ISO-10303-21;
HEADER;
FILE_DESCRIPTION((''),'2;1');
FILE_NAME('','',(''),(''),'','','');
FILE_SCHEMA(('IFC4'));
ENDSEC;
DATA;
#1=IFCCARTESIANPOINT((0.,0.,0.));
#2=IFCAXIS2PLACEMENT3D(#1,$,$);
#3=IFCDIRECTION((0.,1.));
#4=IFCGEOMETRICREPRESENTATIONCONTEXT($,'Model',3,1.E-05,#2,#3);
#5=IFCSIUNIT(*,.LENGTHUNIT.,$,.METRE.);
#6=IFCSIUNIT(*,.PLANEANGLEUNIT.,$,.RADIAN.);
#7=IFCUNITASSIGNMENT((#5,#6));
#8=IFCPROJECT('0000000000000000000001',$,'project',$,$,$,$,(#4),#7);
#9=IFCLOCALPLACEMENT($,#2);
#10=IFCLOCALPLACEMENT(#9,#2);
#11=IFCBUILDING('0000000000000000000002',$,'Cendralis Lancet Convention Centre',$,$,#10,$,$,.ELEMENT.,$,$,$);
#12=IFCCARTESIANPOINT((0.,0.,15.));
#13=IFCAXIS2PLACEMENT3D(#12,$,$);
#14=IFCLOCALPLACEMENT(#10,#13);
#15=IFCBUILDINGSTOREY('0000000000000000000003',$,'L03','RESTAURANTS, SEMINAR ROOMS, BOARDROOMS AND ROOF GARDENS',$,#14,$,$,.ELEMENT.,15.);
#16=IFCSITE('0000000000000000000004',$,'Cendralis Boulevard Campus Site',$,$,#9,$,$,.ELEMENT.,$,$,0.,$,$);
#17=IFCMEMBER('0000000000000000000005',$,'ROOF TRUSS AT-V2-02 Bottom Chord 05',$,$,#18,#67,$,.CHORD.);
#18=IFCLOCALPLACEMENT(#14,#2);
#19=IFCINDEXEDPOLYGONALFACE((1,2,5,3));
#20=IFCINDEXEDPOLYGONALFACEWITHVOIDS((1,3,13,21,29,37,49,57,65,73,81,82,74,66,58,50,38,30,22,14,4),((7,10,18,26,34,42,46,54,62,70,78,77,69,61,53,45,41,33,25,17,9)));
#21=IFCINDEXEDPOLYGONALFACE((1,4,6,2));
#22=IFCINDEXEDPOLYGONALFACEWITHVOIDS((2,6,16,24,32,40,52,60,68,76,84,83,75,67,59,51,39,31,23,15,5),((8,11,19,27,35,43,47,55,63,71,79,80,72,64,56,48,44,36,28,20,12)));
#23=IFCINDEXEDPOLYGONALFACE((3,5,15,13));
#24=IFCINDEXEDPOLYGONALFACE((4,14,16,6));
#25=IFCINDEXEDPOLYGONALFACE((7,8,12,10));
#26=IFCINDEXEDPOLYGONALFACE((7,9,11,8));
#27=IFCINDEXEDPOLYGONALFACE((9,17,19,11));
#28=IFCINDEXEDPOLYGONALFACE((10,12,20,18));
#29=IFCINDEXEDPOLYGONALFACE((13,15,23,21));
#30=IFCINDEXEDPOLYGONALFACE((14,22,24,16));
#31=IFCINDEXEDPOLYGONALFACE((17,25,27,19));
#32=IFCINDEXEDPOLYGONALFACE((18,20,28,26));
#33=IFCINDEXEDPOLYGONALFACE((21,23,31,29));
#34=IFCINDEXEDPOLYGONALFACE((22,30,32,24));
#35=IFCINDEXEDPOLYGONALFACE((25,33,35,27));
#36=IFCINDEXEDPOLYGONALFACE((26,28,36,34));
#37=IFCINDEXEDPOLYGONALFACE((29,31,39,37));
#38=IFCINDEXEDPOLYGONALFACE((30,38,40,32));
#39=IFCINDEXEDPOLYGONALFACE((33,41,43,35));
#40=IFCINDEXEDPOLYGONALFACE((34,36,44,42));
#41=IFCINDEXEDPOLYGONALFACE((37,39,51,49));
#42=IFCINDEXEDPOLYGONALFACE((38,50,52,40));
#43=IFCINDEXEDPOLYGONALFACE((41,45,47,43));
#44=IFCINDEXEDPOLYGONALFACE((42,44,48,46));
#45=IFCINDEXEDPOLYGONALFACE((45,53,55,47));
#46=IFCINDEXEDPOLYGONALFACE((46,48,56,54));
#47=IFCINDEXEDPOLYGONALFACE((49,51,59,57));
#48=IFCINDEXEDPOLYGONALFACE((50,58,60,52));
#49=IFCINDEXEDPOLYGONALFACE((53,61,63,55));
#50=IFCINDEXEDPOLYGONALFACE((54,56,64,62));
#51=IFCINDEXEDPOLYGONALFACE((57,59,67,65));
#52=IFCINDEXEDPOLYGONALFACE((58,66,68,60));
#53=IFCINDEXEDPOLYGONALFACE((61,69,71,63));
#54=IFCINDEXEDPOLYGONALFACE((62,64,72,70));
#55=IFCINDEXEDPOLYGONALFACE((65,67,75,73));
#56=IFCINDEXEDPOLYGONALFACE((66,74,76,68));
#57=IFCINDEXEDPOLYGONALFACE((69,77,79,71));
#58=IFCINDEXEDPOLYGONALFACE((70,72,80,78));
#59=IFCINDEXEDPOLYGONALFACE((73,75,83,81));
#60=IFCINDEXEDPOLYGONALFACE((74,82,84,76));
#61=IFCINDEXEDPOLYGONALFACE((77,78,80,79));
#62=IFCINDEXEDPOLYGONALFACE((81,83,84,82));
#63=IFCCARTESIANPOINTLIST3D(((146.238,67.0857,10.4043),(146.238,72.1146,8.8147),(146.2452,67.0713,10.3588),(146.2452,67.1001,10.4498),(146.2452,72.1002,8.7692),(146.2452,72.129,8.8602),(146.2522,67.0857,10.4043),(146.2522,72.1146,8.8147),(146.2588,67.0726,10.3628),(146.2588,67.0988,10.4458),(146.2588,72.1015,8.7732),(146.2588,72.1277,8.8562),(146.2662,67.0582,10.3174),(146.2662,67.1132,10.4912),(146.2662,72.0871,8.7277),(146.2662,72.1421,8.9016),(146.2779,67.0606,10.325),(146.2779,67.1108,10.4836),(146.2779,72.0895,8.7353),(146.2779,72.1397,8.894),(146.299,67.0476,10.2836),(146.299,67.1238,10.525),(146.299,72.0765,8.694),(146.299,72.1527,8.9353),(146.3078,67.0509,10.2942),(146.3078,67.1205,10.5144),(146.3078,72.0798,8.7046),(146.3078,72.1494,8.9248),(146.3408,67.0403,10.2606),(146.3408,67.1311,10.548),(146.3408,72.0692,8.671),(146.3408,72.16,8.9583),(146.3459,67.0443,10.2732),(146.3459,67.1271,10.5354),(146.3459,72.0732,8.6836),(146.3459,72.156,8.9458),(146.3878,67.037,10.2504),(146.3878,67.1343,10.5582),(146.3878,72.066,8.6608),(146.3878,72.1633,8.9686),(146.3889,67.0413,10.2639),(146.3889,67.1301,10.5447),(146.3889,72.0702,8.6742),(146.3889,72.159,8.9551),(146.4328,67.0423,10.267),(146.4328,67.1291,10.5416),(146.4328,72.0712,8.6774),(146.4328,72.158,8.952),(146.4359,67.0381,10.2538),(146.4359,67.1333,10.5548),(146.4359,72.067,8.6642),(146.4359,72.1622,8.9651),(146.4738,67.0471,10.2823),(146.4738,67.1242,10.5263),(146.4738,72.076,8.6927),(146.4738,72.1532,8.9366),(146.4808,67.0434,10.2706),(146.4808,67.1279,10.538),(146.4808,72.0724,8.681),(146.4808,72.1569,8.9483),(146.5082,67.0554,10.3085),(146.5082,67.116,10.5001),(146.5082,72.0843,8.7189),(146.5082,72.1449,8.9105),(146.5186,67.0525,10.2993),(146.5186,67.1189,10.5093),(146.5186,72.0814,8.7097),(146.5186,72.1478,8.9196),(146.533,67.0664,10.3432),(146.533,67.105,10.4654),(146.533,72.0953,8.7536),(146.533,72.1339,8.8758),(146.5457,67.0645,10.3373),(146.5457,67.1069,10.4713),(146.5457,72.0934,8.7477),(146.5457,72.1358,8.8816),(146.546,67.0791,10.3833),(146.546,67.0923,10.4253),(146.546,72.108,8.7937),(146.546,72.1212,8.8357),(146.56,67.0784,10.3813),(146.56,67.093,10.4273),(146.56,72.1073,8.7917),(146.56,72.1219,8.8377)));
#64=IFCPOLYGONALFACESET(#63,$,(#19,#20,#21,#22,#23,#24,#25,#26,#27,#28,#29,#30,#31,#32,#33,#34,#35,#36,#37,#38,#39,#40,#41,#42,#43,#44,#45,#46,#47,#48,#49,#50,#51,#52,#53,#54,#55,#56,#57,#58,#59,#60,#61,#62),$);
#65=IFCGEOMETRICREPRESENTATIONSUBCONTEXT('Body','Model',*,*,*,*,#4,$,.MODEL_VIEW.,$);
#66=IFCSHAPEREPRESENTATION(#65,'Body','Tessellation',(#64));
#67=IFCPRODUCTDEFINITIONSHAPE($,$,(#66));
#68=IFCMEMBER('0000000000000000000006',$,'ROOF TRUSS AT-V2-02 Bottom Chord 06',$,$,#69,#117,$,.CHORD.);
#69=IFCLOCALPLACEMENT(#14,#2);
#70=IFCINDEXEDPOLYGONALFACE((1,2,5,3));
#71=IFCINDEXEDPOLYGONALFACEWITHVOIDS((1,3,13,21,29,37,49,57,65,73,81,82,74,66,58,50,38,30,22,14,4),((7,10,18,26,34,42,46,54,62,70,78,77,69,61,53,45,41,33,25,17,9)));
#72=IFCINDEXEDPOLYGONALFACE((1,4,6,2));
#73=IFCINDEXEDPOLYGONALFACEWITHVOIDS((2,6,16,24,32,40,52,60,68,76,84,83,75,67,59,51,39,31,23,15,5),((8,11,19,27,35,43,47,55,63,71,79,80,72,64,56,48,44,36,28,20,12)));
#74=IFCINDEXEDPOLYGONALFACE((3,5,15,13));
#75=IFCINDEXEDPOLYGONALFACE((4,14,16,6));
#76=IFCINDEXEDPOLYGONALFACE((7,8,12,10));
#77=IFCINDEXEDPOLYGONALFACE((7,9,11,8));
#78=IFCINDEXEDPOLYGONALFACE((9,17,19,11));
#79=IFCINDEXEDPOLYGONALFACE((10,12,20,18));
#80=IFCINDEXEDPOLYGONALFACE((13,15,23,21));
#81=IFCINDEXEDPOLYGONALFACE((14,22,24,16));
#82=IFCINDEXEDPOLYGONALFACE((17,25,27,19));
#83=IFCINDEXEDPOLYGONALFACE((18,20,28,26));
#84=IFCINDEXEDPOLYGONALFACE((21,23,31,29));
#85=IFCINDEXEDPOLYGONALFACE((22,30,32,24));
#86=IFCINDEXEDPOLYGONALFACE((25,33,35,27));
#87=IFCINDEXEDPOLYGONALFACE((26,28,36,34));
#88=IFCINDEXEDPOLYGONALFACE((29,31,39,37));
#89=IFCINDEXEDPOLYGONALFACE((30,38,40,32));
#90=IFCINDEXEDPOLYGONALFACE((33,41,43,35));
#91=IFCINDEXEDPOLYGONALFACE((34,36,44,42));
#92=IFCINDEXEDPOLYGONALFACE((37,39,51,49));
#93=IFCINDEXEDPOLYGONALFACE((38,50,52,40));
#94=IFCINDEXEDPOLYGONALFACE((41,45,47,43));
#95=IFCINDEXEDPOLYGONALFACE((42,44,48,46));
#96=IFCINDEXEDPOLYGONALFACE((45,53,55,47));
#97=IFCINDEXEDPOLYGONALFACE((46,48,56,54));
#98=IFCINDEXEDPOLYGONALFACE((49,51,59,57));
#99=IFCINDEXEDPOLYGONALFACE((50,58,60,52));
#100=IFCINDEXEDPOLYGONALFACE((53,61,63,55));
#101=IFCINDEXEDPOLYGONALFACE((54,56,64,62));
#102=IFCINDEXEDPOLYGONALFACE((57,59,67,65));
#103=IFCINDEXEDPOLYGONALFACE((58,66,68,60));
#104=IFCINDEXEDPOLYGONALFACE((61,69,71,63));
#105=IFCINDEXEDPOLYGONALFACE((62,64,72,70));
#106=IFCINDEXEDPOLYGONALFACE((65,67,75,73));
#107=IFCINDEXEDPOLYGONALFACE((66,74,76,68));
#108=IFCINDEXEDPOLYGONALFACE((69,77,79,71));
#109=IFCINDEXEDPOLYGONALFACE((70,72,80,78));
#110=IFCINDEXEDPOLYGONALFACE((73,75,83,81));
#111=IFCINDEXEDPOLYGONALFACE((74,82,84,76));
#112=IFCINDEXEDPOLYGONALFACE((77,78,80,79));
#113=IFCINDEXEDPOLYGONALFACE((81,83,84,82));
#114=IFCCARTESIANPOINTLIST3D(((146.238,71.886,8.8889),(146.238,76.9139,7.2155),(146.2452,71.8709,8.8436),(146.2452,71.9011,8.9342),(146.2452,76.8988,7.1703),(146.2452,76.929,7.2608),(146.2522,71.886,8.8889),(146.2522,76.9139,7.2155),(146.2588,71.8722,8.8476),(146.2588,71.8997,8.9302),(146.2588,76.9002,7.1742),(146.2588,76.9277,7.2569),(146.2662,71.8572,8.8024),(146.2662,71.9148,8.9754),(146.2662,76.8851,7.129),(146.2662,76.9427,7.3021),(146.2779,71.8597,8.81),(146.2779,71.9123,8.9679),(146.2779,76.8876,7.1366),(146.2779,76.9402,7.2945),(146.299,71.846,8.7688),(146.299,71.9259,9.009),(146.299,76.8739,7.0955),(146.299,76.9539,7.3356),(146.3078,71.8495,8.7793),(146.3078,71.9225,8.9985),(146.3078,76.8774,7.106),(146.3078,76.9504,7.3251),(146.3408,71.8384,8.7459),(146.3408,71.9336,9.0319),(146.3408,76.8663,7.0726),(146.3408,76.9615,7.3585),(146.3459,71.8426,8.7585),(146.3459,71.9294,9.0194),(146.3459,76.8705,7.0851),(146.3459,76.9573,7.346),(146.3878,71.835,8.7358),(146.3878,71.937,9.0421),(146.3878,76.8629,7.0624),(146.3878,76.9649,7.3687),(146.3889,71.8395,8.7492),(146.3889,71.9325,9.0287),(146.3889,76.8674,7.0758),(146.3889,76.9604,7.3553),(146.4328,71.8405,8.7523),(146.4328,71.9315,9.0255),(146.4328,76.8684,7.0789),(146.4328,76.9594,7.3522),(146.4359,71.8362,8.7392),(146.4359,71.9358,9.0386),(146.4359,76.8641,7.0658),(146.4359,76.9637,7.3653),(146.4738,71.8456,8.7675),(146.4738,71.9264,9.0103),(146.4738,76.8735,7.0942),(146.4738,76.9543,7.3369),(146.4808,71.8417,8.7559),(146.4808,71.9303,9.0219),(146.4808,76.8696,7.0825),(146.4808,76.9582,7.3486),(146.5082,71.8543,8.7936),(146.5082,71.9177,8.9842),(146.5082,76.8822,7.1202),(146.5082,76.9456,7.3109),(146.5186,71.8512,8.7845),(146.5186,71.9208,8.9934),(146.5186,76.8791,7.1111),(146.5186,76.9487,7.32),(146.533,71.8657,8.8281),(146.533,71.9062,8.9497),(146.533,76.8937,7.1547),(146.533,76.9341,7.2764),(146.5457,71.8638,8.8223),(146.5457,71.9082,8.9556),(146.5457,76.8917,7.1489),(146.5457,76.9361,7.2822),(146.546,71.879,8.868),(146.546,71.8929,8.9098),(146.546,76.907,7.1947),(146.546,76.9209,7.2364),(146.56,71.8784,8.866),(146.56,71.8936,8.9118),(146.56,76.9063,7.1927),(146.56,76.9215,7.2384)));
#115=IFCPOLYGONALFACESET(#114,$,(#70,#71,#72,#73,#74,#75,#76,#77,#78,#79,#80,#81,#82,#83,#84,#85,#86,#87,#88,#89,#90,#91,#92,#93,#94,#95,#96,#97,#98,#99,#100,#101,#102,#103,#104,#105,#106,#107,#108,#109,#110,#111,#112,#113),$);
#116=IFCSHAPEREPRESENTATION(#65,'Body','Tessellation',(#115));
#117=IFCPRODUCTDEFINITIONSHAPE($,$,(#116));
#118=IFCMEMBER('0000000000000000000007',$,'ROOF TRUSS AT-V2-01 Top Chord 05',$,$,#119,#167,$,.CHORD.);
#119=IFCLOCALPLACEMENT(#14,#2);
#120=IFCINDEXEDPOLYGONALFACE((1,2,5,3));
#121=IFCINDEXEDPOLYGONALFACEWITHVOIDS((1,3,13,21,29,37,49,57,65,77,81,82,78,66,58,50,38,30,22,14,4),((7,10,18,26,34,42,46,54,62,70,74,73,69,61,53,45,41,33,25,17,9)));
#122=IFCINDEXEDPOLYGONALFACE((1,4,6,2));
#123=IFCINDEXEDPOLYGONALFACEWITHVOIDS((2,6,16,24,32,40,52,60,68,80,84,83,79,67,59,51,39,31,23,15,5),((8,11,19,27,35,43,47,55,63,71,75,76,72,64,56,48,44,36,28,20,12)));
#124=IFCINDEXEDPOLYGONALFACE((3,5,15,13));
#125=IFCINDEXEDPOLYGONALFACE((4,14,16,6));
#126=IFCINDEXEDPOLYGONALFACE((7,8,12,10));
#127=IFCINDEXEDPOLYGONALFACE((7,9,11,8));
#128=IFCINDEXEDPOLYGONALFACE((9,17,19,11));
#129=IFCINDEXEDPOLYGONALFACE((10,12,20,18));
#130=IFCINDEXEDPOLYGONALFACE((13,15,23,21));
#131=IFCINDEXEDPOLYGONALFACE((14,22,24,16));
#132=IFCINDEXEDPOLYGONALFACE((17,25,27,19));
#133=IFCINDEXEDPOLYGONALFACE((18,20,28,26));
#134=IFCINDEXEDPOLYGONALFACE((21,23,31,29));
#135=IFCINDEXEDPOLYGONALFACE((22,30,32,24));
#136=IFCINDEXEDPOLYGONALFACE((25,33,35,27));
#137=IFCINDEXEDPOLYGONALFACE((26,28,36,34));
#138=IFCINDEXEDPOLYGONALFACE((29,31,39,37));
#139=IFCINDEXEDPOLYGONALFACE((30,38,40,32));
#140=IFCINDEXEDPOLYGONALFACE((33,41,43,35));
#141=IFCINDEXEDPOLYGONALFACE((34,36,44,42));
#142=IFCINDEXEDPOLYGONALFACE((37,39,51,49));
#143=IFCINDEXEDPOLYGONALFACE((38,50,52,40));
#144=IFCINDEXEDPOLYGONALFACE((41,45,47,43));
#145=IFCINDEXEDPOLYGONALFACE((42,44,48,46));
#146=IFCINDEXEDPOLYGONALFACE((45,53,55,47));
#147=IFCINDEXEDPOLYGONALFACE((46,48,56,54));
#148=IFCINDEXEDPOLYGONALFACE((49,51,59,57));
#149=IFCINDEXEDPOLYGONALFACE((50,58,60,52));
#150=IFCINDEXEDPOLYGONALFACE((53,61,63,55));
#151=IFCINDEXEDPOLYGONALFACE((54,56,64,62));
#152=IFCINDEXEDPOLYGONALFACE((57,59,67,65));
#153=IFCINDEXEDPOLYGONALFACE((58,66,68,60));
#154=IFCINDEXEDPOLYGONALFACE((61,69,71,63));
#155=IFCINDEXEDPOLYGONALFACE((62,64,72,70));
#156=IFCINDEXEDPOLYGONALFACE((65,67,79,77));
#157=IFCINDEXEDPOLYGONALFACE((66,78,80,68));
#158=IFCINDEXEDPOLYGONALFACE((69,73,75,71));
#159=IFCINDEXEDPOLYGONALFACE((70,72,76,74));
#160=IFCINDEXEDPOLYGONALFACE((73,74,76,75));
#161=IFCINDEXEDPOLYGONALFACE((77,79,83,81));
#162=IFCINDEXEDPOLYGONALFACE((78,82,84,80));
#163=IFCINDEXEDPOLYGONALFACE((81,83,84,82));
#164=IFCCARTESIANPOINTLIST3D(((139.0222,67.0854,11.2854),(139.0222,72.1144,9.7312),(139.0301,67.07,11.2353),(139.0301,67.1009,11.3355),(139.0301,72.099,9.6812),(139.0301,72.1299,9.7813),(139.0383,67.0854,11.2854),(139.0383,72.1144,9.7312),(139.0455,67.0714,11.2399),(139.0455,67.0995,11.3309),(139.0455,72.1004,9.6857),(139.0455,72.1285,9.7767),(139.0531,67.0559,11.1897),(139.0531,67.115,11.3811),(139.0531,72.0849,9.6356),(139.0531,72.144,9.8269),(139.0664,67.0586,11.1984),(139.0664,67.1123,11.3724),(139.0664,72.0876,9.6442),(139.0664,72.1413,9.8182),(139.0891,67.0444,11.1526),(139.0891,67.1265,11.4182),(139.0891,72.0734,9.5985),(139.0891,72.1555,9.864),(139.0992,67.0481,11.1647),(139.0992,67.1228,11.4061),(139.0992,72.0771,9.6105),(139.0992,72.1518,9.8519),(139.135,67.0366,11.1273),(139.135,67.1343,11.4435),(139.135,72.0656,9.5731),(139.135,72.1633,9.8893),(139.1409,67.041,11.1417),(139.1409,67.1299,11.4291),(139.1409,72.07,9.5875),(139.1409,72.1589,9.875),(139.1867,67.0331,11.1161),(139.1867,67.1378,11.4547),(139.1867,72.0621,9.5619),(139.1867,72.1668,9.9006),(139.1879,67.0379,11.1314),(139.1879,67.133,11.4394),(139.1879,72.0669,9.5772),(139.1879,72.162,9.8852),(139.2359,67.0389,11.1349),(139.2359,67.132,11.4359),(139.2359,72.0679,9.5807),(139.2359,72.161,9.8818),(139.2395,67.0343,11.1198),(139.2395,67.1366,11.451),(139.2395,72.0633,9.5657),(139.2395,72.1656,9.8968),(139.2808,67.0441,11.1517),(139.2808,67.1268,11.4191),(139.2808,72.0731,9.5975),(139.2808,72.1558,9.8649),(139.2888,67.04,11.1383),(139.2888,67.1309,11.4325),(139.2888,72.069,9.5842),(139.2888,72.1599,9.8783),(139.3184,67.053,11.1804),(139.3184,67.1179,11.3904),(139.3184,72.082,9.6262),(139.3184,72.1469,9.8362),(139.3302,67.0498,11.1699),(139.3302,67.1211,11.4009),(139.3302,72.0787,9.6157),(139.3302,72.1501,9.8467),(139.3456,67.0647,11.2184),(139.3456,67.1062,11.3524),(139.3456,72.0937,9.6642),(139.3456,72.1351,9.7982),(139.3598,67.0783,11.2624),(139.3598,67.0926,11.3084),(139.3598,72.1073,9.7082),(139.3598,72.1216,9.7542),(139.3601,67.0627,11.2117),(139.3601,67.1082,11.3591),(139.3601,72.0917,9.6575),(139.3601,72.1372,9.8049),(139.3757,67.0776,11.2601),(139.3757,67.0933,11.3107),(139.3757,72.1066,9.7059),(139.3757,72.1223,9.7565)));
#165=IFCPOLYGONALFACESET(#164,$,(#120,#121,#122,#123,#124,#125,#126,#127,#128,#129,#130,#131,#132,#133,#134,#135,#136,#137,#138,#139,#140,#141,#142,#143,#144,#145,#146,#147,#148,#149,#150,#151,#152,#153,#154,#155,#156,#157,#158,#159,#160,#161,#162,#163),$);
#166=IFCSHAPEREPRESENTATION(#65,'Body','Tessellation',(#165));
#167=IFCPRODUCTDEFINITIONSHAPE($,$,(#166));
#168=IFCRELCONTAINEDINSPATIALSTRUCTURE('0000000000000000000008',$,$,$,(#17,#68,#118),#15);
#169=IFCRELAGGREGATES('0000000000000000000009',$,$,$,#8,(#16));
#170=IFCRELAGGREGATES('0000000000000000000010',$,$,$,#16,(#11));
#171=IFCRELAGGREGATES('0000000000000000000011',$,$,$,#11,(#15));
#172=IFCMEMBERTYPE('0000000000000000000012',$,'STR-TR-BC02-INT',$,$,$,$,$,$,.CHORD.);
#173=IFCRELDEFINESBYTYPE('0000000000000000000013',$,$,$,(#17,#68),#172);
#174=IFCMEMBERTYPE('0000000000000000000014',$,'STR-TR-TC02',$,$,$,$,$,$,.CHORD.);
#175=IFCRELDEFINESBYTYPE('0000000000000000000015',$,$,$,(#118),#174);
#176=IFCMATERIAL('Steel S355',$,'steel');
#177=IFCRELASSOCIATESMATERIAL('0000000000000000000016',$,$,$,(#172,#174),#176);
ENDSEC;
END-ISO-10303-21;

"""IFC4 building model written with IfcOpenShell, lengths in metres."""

from ifc_helpers import new_model, si_unit, direction, frame, origin, origin_2d, place, context, subcontext, project, spatial, hollow_circle, extrude, material, material_profile, profile_set, type_object, element, save


model = new_model("IFC4")

# Units and contexts
model_context = context("Model", 3, precision=1e-05, world=origin(), true_north=direction((0.0, 1.0)))
body_context = subcontext(model_context, "Body", "Model", "MODEL_VIEW")
ifc_project = project(units=[si_unit("LENGTHUNIT", "METRE"), si_unit("PLANEANGLEUNIT", "RADIAN")], contexts=[model_context])

# Site, building, storey
site_placement = place(None, origin())
site = spatial("IfcSite", under=ifc_project, at=site_placement, Name="Cendralis Boulevard Campus Site", CompositionType="ELEMENT", RefElevation=0.0)
building_placement = place(site_placement, origin())
building = spatial("IfcBuilding", under=site, at=building_placement, Name="Cendralis Lancet Convention Centre", CompositionType="ELEMENT")
storey_placement = place(building_placement, frame((0.0, 0.0, 15.0)))
storey = spatial("IfcBuildingStorey", under=building, at=storey_placement, Name="L03", Description="RESTAURANTS, SEMINAR ROOMS, BOARDROOMS AND ROOF GARDENS", CompositionType="ELEMENT", Elevation=15.0)

# Members
ifc_material_1 = material(Name="Steel S355", Category="steel")
ifc_material_profile_1 = material_profile(ifc_material_1, hollow_circle(Radius=0.1619, WallThickness=0.0142, at=origin_2d()), Name="CHS 323.9x14.2")
ifc_profile_set_1 = profile_set([ifc_material_profile_1], Name="Steel S355")
member_type_1 = type_object("IfcMemberType", Name="STR-TR-BC02-INT", PredefinedType="CHORD", material=ifc_profile_set_1)
member_1_placement = place(storey_placement, frame((146.3999, 67.0857, 10.4043), z_axis=(0.0, 0.953498, -0.301399), x_axis=(-1.0, 0.0, 0.0)))
element("IfcMember", 1, at=member_1_placement, inside=storey, type_object=member_type_1, Name="ROOF TRUSS AT-V2-02 Bottom Chord 05", PredefinedType="CHORD", context=body_context, shape_type="SweptSolid", body=[
    extrude(hollow_circle(Radius=0.1619, WallThickness=0.0142, at=origin_2d()), origin(), (0.0, 0.0, 1.0), 5.2742),
])
member_2_placement = place(storey_placement, frame((146.3999, 71.886, 8.8889), z_axis=(0.0, 0.948831, -0.315785), x_axis=(-1.0, 0.0, 0.0)))
element("IfcMember", 2, at=member_2_placement, inside=storey, type_object=member_type_1, Name="ROOF TRUSS AT-V2-02 Bottom Chord 06", PredefinedType="CHORD", context=body_context, shape_type="SweptSolid", body=[
    extrude(hollow_circle(Radius=0.1619, WallThickness=0.0142, at=origin_2d()), origin(), (0.0, 0.0, 1.0), 5.2991),
])
ifc_material_profile_2 = material_profile(ifc_material_1, hollow_circle(Radius=0.1777, WallThickness=0.0161, at=origin_2d()), Name="CHS 355.6x16.0")
ifc_profile_set_2 = profile_set([ifc_material_profile_2], Name="Steel S355")
member_type_2 = type_object("IfcMemberType", Name="STR-TR-TC02", PredefinedType="CHORD", material=ifc_profile_set_2)
member_3_placement = place(storey_placement, frame((139.2, 67.0854, 11.2854), z_axis=(0.0, 0.955415, -0.295265), x_axis=(-1.0, 0.0, 0.0)))
element("IfcMember", 3, at=member_3_placement, inside=storey, type_object=member_type_2, Name="ROOF TRUSS AT-V2-01 Top Chord 05", PredefinedType="CHORD", context=body_context, shape_type="SweptSolid", body=[
    extrude(hollow_circle(Radius=0.1777, WallThickness=0.0161, at=origin_2d()), origin(), (0.0, 0.0, 1.0), 5.2637),
])

save(model, "model.ifc")
